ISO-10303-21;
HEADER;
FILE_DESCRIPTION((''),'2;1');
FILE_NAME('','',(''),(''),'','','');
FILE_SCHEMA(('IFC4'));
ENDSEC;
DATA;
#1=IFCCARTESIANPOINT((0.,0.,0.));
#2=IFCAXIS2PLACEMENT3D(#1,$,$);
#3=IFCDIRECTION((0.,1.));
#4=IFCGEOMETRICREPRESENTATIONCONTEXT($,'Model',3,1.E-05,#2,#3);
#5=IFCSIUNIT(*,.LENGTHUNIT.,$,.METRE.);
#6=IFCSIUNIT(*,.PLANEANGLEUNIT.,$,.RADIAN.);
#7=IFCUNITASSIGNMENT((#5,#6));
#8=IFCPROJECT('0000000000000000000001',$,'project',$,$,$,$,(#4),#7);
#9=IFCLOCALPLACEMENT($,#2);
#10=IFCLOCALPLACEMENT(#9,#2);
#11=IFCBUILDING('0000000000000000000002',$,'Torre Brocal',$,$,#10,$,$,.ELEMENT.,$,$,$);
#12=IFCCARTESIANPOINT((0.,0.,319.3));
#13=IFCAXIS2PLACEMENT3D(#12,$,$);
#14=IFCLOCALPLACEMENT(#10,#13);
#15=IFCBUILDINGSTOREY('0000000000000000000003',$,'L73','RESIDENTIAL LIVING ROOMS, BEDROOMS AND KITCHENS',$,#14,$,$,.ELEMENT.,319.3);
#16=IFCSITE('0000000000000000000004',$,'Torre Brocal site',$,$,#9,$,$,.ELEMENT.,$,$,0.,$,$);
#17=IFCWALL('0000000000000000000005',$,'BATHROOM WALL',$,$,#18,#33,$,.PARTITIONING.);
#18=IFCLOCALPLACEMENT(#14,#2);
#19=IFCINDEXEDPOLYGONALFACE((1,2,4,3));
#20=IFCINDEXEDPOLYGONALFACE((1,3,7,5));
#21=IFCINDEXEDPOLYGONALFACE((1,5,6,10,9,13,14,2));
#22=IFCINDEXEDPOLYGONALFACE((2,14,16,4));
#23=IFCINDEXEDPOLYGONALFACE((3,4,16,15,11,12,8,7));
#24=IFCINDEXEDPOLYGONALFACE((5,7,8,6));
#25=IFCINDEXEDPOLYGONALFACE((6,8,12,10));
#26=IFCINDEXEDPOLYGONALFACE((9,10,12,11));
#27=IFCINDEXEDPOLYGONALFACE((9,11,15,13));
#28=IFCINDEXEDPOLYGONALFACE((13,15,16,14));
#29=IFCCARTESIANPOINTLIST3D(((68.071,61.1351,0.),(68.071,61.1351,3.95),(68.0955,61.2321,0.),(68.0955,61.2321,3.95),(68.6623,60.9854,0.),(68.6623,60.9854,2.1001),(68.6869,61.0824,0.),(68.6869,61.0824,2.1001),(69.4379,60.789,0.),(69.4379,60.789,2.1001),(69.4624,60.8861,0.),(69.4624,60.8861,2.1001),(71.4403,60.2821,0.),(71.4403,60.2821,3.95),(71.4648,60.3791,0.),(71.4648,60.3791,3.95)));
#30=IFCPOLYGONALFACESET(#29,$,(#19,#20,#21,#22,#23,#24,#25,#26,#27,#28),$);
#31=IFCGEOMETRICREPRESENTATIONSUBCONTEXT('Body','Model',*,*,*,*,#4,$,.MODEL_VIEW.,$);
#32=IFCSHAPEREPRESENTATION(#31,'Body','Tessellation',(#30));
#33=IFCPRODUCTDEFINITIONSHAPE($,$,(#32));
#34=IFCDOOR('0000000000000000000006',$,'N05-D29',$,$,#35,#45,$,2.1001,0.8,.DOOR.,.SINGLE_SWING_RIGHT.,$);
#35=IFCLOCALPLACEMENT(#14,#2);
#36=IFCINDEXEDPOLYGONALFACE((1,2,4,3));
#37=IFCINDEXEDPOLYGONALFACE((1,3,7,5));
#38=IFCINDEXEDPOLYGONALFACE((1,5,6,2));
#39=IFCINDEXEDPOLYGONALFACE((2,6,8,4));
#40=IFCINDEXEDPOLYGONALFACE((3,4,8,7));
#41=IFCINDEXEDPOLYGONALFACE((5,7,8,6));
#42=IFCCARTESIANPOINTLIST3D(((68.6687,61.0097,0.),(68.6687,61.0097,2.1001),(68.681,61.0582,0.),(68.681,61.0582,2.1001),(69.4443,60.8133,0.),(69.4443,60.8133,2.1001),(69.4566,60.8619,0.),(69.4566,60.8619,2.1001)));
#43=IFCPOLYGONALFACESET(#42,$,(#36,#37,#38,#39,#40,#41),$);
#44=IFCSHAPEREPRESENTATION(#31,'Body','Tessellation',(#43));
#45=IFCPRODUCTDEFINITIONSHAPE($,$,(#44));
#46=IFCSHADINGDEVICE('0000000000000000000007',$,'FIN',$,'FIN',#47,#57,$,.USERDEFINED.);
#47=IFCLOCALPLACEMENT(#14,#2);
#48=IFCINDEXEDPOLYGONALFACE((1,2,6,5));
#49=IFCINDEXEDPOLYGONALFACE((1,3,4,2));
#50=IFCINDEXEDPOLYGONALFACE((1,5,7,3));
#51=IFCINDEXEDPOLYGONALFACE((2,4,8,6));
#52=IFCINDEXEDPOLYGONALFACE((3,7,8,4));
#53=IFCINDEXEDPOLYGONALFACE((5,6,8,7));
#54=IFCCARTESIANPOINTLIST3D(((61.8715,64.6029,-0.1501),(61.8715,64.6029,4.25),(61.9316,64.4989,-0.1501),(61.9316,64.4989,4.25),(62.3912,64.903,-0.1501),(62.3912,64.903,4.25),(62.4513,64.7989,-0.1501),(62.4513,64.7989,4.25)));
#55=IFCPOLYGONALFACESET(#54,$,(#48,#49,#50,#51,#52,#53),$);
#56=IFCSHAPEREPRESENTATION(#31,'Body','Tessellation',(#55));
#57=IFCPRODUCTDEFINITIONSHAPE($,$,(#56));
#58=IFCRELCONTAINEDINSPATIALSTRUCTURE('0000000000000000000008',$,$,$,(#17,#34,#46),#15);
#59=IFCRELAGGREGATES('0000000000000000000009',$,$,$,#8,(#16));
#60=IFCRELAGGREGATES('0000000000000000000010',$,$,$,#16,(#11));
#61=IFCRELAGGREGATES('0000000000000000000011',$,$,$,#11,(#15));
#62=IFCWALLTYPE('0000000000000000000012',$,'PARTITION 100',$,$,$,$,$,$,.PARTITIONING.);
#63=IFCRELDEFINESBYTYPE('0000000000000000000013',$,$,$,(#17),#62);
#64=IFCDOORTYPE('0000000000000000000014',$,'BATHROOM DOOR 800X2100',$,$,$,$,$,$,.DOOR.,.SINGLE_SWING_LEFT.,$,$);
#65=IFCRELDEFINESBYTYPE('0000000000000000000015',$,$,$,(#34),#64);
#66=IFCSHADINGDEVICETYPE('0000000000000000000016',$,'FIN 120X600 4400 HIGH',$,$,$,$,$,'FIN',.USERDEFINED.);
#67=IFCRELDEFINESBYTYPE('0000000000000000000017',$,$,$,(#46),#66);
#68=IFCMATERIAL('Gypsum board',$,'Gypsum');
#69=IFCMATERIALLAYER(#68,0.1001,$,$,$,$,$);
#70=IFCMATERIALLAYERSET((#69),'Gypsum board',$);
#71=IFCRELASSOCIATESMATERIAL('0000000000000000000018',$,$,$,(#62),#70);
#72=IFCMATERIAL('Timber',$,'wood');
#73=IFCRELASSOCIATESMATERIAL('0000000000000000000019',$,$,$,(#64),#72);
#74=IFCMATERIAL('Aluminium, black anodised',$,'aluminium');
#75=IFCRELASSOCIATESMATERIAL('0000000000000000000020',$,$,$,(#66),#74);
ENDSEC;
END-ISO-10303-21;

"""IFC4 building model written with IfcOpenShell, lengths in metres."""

from ifc_helpers import new_model, si_unit, direction, frame, frame_2d, origin, origin_2d, place, context, subcontext, project, spatial, rectangle, extrude, material, layer, layer_set, material_profile, profile_set, type_object, element, fill, save


model = new_model("IFC4")

# Units and contexts
model_context = context("Model", 3, precision=1e-05, world=origin(), true_north=direction((0.0, 1.0)))
body_context = subcontext(model_context, "Body", "Model", "MODEL_VIEW")
ifc_project = project(units=[si_unit("LENGTHUNIT", "METRE"), si_unit("PLANEANGLEUNIT", "RADIAN")], contexts=[model_context])

# Site, building, storey
site_placement = place(None, origin())
site = spatial("IfcSite", under=ifc_project, at=site_placement, Name="Torre Brocal site", CompositionType="ELEMENT", RefElevation=0.0)
building_placement = place(site_placement, origin())
building = spatial("IfcBuilding", under=site, at=building_placement, Name="Torre Brocal", CompositionType="ELEMENT")
storey_placement = place(building_placement, frame((0.0, 0.0, 319.3)))
storey = spatial("IfcBuildingStorey", under=building, at=storey_placement, Name="L73", Description="RESIDENTIAL LIVING ROOMS, BEDROOMS AND KITCHENS", CompositionType="ELEMENT", Elevation=319.3)

# Wall, opening, door
ifc_material_1 = material(Name="Gypsum board", Category="Gypsum")
ifc_layer_1 = layer(ifc_material_1, 0.1001)
ifc_layer_set_1 = layer_set([ifc_layer_1], Name="Gypsum board")
wall_type_1 = type_object("IfcWallType", Name="PARTITION 100", PredefinedType="PARTITIONING", material=ifc_layer_set_1)
wall_1_placement = place(storey_placement, frame((68.0833, 61.1836, 0.0), z_axis=(0.0, 0.0, 1.0), x_axis=(0.969415, -0.245427, 0.0)))
wall_1 = element("IfcWall", 1, at=wall_1_placement, inside=storey, type_object=wall_type_1, Name="BATHROOM WALL", PredefinedType="PARTITIONING", context=body_context, shape_type="SweptSolid", body=[
    extrude(rectangle(XDim=3.4756, YDim=0.1001, at=frame_2d((1.7378, 0.0))), origin(), (0.0, 0.0, 1.0), 3.95),
])
opening_placement = place(wall_1_placement, frame((0.6101, 0.0, 0.0)))
opening = element("IfcOpeningElement", 2, at=opening_placement, cuts=wall_1, PredefinedType="OPENING", context=body_context, shape_type="SweptSolid", body=[
    extrude(rectangle(XDim=0.8, YDim=2.1001, at=frame_2d((0.3999, 1.05))), frame((0.0, 0.0601, 0.0), z_axis=(0.0, -1.0, 0.0), x_axis=(1.0, 0.0, 0.0)), (0.0, 0.0, 1.0), 0.1201),
])
ifc_material_2 = material(Name="Timber", Category="wood")
door_type = type_object("IfcDoorType", Name="BATHROOM DOOR 800X2100", OperationType="SINGLE_SWING_LEFT", PredefinedType="DOOR", material=ifc_material_2)
door_placement = place(opening_placement, frame((0.8, 0.0, 0.0), z_axis=(0.0, 0.0, 1.0), x_axis=(-1.0, 0.0, 0.0)))
door = element("IfcDoor", 3, at=door_placement, inside=storey, type_object=door_type, Name="N05-D29", OperationType="SINGLE_SWING_RIGHT", OverallHeight=2.1001, OverallWidth=0.8, PredefinedType="DOOR", context=body_context, shape_type="SweptSolid", body=[
    extrude(rectangle(XDim=0.8, YDim=2.1001, at=frame_2d((0.3999, 1.05))), frame((0.0, 0.0249, 0.0), z_axis=(0.0, -1.0, 0.0), x_axis=(1.0, 0.0, 0.0)), (0.0, 0.0, 1.0), 0.05),
])
fill(opening, door)

# Shading device
ifc_material_3 = material(Name="Aluminium, black anodised", Category="aluminium")
ifc_material_profile_1 = material_profile(ifc_material_3, rectangle(XDim=0.1201, YDim=0.6001, at=origin_2d()), Name="FIN 120X600 4400 HIGH")
ifc_profile_set_1 = profile_set([ifc_material_profile_1], Name="Aluminium, black anodised")
shading_device_type = type_object("IfcShadingDeviceType", Name="FIN 120X600 4400 HIGH", ElementType="FIN", PredefinedType="USERDEFINED", material=ifc_profile_set_1)
shading_device_placement = place(storey_placement, frame((62.1614, 64.7009, -0.1501), z_axis=(0.0, 0.0, 1.0), x_axis=(0.5, -0.866025, 0.0)))
element("IfcShadingDevice", 4, at=shading_device_placement, inside=storey, type_object=shading_device_type, Name="FIN", ObjectType="FIN", PredefinedType="USERDEFINED", context=body_context, shape_type="SweptSolid", body=[
    extrude(rectangle(XDim=0.1201, YDim=0.6001, at=origin_2d()), origin(), (0.0, 0.0, 1.0), 4.4001),
])

save(model, "model.ifc")
